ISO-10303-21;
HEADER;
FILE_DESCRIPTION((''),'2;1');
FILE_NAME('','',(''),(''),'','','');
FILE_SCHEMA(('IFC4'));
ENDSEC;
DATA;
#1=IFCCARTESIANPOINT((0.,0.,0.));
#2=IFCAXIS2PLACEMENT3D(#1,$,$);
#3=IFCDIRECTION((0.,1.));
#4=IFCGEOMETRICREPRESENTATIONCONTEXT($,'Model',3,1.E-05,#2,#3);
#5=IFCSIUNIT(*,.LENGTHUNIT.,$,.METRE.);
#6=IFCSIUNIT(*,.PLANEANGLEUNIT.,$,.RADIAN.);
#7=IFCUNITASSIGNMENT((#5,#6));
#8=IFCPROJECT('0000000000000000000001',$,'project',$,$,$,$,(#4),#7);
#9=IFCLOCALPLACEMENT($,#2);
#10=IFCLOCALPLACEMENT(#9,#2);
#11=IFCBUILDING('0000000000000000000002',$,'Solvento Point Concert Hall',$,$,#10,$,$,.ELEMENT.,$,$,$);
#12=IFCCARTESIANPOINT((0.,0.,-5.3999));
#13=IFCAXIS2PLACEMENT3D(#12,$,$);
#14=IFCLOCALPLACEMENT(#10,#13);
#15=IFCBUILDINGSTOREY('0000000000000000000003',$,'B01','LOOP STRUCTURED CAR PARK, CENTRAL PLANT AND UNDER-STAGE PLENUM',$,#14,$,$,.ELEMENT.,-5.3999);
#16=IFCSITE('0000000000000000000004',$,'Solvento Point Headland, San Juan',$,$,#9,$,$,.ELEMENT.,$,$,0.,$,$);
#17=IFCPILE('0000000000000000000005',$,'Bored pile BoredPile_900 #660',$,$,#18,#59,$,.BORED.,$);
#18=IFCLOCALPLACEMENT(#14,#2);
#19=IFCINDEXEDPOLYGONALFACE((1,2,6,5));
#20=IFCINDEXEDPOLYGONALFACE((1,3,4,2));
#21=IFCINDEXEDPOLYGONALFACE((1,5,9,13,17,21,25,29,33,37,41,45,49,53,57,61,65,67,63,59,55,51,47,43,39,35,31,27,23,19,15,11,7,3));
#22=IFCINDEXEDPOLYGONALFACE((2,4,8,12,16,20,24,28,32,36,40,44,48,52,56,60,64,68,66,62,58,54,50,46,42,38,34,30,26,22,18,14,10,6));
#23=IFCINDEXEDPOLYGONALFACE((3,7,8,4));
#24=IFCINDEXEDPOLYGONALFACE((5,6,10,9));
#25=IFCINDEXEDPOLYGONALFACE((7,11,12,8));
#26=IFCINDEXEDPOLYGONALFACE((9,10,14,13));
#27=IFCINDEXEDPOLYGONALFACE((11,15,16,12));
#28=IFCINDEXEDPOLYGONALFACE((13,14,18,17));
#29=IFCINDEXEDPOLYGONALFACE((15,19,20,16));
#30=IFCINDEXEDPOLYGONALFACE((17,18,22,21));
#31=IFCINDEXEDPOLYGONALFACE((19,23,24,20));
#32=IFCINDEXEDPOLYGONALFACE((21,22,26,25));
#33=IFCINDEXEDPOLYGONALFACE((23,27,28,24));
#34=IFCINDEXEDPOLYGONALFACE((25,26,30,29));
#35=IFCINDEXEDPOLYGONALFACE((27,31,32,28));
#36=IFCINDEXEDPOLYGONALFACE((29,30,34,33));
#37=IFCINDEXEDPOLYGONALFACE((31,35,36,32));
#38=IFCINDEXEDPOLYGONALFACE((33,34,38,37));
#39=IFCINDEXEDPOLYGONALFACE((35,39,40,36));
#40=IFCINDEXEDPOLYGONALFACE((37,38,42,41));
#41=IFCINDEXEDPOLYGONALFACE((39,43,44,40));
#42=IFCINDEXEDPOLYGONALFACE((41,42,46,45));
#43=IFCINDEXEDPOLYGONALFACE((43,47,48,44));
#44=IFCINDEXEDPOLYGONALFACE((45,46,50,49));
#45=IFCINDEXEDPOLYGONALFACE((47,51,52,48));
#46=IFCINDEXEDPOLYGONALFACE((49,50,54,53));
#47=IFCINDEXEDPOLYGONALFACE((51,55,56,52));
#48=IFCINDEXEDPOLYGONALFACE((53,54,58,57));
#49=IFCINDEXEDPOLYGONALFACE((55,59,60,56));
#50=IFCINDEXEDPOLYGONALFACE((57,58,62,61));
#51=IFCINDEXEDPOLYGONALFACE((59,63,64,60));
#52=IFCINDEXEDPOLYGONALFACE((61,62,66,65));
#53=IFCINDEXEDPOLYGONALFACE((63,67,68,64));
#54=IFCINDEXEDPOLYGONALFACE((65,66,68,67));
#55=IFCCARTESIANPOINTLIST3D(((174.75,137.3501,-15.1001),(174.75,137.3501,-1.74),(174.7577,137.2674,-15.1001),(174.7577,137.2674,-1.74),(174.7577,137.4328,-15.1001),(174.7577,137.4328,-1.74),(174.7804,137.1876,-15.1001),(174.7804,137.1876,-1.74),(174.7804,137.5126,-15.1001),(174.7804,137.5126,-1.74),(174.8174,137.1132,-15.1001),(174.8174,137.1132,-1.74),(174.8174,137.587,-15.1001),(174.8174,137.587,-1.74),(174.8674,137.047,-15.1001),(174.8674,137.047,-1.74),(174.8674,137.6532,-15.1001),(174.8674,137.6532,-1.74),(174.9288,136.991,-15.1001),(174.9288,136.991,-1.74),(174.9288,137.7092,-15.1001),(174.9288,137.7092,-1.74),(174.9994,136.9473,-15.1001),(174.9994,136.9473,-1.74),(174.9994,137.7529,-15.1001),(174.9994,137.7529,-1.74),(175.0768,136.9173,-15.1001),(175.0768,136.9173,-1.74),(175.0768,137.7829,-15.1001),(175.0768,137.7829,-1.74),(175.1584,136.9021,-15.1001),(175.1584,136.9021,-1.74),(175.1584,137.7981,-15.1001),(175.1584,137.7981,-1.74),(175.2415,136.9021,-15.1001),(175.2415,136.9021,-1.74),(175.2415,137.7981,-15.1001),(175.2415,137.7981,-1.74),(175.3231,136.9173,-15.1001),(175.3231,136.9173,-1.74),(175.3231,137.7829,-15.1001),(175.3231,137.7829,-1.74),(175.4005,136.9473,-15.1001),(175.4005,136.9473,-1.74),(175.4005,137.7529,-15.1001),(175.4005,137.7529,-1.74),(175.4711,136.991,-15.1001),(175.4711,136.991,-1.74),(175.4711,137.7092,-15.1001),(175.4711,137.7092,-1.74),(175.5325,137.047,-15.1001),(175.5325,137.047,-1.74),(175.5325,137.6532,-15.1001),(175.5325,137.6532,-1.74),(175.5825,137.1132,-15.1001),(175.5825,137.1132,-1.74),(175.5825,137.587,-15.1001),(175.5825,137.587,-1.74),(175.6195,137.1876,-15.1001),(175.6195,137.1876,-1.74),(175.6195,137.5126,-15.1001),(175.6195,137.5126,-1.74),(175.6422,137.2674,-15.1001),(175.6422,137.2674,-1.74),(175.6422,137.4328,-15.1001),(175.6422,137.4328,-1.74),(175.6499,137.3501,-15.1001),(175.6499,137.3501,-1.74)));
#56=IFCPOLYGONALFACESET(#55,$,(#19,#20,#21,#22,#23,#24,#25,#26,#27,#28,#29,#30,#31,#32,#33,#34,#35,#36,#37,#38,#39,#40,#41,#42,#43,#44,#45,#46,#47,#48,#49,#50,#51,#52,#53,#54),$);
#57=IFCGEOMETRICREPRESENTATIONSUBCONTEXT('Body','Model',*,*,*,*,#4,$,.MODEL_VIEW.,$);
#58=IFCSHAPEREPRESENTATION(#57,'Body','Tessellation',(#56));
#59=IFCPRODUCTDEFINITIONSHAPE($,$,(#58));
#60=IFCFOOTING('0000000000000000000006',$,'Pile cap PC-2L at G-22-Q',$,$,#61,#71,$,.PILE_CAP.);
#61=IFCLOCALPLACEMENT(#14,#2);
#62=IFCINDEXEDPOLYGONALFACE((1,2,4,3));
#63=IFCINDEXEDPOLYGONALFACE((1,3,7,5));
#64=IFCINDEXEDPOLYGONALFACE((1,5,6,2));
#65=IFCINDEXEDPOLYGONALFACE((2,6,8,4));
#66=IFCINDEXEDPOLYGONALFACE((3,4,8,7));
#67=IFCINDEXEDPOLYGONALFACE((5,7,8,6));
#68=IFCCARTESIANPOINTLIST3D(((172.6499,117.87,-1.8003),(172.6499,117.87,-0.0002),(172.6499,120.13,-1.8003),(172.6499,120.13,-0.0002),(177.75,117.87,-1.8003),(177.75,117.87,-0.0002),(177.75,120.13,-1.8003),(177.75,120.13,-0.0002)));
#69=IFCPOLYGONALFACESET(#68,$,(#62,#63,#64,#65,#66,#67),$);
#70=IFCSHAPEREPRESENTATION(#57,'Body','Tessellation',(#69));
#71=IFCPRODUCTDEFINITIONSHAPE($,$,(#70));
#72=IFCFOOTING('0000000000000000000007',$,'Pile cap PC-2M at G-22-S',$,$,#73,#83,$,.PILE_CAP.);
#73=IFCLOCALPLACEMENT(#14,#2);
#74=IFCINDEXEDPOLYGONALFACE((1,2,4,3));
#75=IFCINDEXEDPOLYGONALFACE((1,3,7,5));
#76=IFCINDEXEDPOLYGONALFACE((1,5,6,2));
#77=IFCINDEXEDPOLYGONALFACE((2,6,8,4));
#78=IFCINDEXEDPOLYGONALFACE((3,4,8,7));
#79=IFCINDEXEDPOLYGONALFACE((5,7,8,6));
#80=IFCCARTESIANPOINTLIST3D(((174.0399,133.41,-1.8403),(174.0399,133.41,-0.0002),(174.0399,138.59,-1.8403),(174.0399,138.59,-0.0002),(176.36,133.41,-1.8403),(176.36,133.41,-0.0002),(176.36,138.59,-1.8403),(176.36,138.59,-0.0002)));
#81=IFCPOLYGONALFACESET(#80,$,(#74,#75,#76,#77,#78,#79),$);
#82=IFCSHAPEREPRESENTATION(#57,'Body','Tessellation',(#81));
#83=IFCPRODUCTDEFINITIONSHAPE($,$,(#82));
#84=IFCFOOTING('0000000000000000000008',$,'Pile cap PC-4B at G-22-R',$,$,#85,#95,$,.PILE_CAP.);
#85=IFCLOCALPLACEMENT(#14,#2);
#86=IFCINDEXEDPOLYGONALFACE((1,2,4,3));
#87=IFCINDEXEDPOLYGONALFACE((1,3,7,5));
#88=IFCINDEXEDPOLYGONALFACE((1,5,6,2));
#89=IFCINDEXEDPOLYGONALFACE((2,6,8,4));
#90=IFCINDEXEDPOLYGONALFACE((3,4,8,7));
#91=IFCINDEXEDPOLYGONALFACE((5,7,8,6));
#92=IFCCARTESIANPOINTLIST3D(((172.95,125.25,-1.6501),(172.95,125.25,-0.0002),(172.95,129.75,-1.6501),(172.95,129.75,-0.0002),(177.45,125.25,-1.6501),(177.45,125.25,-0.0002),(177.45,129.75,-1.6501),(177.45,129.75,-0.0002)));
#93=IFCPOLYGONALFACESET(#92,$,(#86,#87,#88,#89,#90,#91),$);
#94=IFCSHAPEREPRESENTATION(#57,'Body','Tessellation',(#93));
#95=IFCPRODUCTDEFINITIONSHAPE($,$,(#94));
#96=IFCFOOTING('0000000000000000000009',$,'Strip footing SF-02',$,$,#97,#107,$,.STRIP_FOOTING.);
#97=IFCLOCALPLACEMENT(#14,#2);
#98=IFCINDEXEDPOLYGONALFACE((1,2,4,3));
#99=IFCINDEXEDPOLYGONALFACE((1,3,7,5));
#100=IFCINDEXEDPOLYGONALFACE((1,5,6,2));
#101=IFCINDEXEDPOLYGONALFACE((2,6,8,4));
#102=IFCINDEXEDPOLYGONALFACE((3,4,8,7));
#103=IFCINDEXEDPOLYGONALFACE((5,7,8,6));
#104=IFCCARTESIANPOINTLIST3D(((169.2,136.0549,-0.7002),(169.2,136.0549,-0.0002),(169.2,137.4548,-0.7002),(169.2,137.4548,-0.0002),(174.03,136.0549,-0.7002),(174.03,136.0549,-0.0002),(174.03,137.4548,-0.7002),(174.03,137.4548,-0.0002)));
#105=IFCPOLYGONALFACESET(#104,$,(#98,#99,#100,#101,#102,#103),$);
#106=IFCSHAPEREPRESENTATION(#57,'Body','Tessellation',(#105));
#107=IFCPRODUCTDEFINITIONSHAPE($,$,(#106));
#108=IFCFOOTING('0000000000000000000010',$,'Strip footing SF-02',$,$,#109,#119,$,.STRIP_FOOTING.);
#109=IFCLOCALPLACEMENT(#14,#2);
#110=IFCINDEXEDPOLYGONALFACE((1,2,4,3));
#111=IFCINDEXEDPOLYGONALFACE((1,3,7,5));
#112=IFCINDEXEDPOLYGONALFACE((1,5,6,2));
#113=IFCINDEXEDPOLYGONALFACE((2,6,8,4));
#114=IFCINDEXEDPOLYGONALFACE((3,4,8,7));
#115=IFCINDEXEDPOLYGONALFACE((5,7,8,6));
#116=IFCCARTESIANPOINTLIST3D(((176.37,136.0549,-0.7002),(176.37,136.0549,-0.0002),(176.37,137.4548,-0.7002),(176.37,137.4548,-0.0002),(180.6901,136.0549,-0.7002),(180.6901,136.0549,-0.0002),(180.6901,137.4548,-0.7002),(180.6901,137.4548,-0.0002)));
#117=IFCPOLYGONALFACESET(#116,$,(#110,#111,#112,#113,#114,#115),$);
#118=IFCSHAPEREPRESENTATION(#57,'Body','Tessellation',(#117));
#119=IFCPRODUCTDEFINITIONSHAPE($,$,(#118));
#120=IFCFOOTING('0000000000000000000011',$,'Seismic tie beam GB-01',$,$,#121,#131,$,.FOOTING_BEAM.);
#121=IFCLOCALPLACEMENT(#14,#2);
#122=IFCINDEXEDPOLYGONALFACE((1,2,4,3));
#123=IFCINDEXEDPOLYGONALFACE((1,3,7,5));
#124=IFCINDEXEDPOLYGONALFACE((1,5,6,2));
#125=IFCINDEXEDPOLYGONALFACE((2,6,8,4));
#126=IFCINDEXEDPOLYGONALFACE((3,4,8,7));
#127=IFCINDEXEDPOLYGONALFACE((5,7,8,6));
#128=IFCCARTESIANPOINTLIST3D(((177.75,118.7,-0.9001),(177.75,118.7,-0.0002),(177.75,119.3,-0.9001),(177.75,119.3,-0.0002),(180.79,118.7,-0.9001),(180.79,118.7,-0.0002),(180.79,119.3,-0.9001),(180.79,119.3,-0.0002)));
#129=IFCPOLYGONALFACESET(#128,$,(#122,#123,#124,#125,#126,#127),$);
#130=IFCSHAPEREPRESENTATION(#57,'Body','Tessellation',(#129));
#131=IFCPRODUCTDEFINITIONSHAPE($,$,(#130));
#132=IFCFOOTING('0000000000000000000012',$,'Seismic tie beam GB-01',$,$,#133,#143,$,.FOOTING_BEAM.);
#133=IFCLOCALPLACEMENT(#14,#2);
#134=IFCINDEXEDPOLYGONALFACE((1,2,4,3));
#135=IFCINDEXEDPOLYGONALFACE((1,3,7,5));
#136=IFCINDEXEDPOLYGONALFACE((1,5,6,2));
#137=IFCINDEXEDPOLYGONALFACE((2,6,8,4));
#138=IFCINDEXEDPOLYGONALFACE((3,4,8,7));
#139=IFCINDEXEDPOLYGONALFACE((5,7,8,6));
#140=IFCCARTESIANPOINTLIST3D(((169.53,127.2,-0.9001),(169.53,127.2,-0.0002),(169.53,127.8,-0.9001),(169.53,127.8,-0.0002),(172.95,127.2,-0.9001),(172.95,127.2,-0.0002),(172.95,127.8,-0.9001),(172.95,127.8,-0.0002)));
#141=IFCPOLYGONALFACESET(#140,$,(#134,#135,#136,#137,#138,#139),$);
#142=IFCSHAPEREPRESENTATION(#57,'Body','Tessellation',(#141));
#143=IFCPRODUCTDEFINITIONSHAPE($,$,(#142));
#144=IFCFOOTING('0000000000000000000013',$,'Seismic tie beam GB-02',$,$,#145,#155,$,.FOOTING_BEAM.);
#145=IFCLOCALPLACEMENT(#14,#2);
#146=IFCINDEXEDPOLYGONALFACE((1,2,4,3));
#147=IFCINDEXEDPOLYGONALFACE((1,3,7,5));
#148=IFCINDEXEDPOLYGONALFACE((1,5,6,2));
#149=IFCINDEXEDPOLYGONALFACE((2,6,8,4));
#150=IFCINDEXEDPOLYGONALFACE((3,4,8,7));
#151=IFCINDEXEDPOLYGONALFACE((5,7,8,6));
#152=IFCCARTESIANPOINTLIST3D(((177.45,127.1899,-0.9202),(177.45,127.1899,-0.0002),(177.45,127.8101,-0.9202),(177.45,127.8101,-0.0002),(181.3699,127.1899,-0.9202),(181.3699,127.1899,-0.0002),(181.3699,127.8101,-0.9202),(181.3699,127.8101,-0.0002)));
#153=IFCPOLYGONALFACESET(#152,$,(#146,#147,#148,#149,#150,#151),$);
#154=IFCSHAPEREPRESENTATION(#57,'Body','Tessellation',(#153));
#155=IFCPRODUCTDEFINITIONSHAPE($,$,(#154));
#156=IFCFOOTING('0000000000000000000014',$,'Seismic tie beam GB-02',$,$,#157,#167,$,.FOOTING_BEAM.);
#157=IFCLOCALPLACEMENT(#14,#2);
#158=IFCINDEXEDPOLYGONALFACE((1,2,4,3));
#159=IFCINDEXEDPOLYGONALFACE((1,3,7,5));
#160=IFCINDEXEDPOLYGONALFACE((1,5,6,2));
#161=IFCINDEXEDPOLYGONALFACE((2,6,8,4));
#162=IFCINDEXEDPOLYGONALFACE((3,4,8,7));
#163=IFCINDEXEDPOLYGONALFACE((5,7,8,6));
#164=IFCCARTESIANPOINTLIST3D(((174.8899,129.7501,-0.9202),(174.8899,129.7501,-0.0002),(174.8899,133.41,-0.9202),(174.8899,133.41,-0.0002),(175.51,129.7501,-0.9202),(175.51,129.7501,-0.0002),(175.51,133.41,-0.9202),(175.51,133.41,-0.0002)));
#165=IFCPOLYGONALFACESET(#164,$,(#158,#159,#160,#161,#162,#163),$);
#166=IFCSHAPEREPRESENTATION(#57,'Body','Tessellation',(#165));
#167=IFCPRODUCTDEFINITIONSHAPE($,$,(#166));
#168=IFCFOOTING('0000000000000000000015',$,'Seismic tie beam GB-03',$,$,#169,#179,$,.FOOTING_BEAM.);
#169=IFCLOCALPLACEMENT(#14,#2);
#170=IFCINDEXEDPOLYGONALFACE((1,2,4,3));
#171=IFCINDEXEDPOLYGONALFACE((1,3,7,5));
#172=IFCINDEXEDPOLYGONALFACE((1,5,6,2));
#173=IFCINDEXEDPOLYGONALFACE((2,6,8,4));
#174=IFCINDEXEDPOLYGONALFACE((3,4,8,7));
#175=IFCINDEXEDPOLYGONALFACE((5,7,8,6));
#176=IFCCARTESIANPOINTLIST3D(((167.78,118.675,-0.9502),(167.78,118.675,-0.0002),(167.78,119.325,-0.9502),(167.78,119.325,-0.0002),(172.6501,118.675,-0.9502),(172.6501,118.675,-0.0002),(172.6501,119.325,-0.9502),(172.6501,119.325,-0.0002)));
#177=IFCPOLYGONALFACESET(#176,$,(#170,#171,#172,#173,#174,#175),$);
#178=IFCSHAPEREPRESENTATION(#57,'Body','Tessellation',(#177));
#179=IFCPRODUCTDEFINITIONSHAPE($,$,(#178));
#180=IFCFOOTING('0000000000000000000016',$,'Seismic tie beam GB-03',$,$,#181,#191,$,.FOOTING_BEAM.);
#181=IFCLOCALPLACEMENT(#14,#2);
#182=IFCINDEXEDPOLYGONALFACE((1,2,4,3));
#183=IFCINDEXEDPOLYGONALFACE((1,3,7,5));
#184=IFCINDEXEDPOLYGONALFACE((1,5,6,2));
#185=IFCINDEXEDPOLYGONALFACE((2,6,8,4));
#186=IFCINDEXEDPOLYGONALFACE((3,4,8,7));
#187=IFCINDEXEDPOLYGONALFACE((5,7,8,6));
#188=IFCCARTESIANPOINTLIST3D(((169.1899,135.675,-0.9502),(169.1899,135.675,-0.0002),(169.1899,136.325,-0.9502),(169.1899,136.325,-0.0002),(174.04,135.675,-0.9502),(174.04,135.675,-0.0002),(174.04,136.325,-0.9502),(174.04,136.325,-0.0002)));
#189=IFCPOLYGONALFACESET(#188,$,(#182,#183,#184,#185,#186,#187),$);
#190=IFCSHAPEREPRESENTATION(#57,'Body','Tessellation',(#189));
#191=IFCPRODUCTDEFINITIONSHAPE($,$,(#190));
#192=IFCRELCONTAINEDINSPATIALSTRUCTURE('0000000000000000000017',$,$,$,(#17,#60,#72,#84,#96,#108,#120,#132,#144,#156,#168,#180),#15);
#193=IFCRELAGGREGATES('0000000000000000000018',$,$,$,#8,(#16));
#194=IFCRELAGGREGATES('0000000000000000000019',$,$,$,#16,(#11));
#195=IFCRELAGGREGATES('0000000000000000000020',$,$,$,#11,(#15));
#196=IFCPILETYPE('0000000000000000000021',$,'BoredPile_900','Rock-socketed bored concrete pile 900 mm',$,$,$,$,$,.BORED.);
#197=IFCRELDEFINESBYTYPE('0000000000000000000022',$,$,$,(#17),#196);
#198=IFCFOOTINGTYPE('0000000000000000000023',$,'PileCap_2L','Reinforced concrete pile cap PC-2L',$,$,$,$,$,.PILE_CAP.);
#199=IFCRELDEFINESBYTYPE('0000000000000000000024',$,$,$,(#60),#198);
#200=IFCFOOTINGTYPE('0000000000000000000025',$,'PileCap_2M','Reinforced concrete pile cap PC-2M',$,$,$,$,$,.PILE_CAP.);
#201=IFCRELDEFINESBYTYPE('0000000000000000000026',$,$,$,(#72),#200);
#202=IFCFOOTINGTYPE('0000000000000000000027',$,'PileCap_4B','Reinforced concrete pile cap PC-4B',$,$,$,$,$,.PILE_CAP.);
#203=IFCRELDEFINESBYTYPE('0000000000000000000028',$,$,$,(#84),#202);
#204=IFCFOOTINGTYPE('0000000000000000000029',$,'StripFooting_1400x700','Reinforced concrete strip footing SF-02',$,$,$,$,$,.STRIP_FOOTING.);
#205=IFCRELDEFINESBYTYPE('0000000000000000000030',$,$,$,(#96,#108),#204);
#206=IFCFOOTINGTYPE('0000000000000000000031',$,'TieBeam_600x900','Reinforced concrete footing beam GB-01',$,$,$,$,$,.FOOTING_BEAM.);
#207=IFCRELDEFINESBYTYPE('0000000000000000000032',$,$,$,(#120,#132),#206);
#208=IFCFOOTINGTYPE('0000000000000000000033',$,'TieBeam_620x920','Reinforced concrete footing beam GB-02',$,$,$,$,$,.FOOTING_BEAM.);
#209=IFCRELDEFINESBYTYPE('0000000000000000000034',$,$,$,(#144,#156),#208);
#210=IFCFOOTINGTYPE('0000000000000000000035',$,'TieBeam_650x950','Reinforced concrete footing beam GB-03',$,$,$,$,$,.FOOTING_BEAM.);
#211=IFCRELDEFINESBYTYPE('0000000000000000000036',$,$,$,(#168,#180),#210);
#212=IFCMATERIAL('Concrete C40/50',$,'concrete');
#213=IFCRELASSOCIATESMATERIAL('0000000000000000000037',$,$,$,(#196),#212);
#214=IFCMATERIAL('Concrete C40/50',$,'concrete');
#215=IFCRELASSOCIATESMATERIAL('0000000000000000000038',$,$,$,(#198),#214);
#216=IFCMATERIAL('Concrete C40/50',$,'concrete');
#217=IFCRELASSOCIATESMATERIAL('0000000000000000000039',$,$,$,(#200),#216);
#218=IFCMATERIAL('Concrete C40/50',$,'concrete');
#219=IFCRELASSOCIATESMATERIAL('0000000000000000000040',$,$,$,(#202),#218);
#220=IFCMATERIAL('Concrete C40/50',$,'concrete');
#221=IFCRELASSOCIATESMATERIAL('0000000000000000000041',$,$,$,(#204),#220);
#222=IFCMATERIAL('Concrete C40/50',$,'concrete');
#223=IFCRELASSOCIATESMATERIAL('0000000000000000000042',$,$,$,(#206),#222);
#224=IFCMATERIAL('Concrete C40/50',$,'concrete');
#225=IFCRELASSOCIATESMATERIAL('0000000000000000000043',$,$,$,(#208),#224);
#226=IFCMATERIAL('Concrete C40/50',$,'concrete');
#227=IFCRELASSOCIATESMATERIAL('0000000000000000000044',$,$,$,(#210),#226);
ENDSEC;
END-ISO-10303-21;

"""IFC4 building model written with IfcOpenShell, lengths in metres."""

from ifc_helpers import new_model, si_unit, direction, frame, origin, origin_2d, place, context, subcontext, project, spatial, rectangle, circle, extrude, material, material_profile, profile_set, type_object, element, save


model = new_model("IFC4")

# Units and contexts
model_context = context("Model", 3, precision=1e-05, world=origin(), true_north=direction((0.0, 1.0)))
body_context = subcontext(model_context, "Body", "Model", "MODEL_VIEW")
ifc_project = project(units=[si_unit("LENGTHUNIT", "METRE"), si_unit("PLANEANGLEUNIT", "RADIAN")], contexts=[model_context])

# Site, building, storey
site_placement = place(None, origin())
site = spatial("IfcSite", under=ifc_project, at=site_placement, Name="Solvento Point Headland, San Juan", CompositionType="ELEMENT", RefElevation=0.0)
building_placement = place(site_placement, origin())
building = spatial("IfcBuilding", under=site, at=building_placement, Name="Solvento Point Concert Hall", CompositionType="ELEMENT")
storey_placement = place(building_placement, frame((0.0, 0.0, -5.3999)))
storey = spatial("IfcBuildingStorey", under=building, at=storey_placement, Name="B01", Description="LOOP STRUCTURED CAR PARK, CENTRAL PLANT AND UNDER-STAGE PLENUM", CompositionType="ELEMENT", Elevation=-5.3999)

# Pile
ifc_material_1 = material(Name="Concrete C40/50", Category="concrete")
ifc_material_profile_1 = material_profile(ifc_material_1, circle(Radius=0.45, at=origin_2d()), Name="BP-900")
ifc_profile_set_1 = profile_set([ifc_material_profile_1], Name="Concrete C40/50")
pile_type_1 = type_object("IfcPileType", Name="BoredPile_900", Description="Rock-socketed bored concrete pile 900 mm", PredefinedType="BORED", material=ifc_profile_set_1)
for number, where, z_axis, x_axis, name in (
    (1, (175.2, 137.3501, -1.74), (0.0, 0.0, -1.0), (1.0, 0.0, 0.0), "Bored pile BoredPile_900 #660"),
):
    element("IfcPile", number, at=place(storey_placement, frame(where, z_axis=z_axis, x_axis=x_axis)), inside=storey, type_object=pile_type_1, Name=name, PredefinedType="BORED", context=body_context, shape_type="SweptSolid", body=[
        extrude(circle(Radius=0.45, at=origin_2d()), origin(), (0.0, 0.0, 1.0), 13.3601),
    ])

# Footings
ifc_material_2 = material(Name="Concrete C40/50", Category="concrete")
footing_type_1 = type_object("IfcFootingType", Name="PileCap_2L", Description="Reinforced concrete pile cap PC-2L", PredefinedType="PILE_CAP", material=ifc_material_2)
footing_1_placement = place(storey_placement, frame((175.2, 119.0, -1.8003), z_axis=(0.0, 0.0, 1.0), x_axis=(1.0, 0.0, 0.0)))
element("IfcFooting", 2, at=footing_1_placement, inside=storey, type_object=footing_type_1, Name="Pile cap PC-2L at G-22-Q", PredefinedType="PILE_CAP", context=body_context, shape_type="SweptSolid", body=[
    extrude(rectangle(XDim=5.1001, YDim=2.26, at=origin_2d()), origin(), (0.0, 0.0, 1.0), 1.8),
])
ifc_material_3 = material(Name="Concrete C40/50", Category="concrete")
footing_type_2 = type_object("IfcFootingType", Name="PileCap_2M", Description="Reinforced concrete pile cap PC-2M", PredefinedType="PILE_CAP", material=ifc_material_3)
footing_2_placement = place(storey_placement, frame((175.2, 136.0, -1.8403), z_axis=(0.0, 0.0, 1.0), x_axis=(1.0, 0.0, 0.0)))
element("IfcFooting", 3, at=footing_2_placement, inside=storey, type_object=footing_type_2, Name="Pile cap PC-2M at G-22-S", PredefinedType="PILE_CAP", context=body_context, shape_type="SweptSolid", body=[
    extrude(rectangle(XDim=2.3201, YDim=5.1799, at=origin_2d()), origin(), (0.0, 0.0, 1.0), 1.8401),
])
ifc_material_4 = material(Name="Concrete C40/50", Category="concrete")
footing_type_3 = type_object("IfcFootingType", Name="PileCap_4B", Description="Reinforced concrete pile cap PC-4B", PredefinedType="PILE_CAP", material=ifc_material_4)
footing_3_placement = place(storey_placement, frame((175.2, 127.5, -1.6501), z_axis=(0.0, 0.0, 1.0), x_axis=(1.0, 0.0, 0.0)))
element("IfcFooting", 4, at=footing_3_placement, inside=storey, type_object=footing_type_3, Name="Pile cap PC-4B at G-22-R", PredefinedType="PILE_CAP", context=body_context, shape_type="SweptSolid", body=[
    extrude(rectangle(XDim=4.5, YDim=4.5, at=origin_2d()), origin(), (0.0, 0.0, 1.0), 1.6499),
])
ifc_material_5 = material(Name="Concrete C40/50", Category="concrete")
footing_type_4 = type_object("IfcFootingType", Name="StripFooting_1400x700", Description="Reinforced concrete strip footing SF-02", PredefinedType="STRIP_FOOTING", material=ifc_material_5)
footing_4_placement = place(storey_placement, frame((171.615, 136.7549, -0.7002), z_axis=(0.0, 0.0, 1.0), x_axis=(1.0, 0.0, 0.0)))
element("IfcFooting", 5, at=footing_4_placement, inside=storey, type_object=footing_type_4, Name="Strip footing SF-02", PredefinedType="STRIP_FOOTING", context=body_context, shape_type="SweptSolid", body=[
    extrude(rectangle(XDim=4.8301, YDim=1.3999, at=origin_2d()), origin(), (0.0, 0.0, 1.0), 0.7),
])
footing_5_placement = place(storey_placement, frame((178.53, 136.7549, -0.7002), z_axis=(0.0, 0.0, 1.0), x_axis=(1.0, 0.0, 0.0)))
element("IfcFooting", 6, at=footing_5_placement, inside=storey, type_object=footing_type_4, Name="Strip footing SF-02", PredefinedType="STRIP_FOOTING", context=body_context, shape_type="SweptSolid", body=[
    extrude(rectangle(XDim=4.3201, YDim=1.3999, at=origin_2d()), origin(), (0.0, 0.0, 1.0), 0.7),
])
ifc_material_6 = material(Name="Concrete C40/50", Category="concrete")
footing_type_5 = type_object("IfcFootingType", Name="TieBeam_600x900", Description="Reinforced concrete footing beam GB-01", PredefinedType="FOOTING_BEAM", material=ifc_material_6)
footing_6_placement = place(storey_placement, frame((179.27, 119.0, -0.9001), z_axis=(0.0, 0.0, 1.0), x_axis=(1.0, 0.0, 0.0)))
element("IfcFooting", 7, at=footing_6_placement, inside=storey, type_object=footing_type_5, Name="Seismic tie beam GB-01", PredefinedType="FOOTING_BEAM", context=body_context, shape_type="SweptSolid", body=[
    extrude(rectangle(XDim=3.04, YDim=0.6001, at=origin_2d()), origin(), (0.0, 0.0, 1.0), 0.8999),
])
footing_7_placement = place(storey_placement, frame((171.24, 127.5, -0.9001), z_axis=(0.0, 0.0, 1.0), x_axis=(1.0, 0.0, 0.0)))
element("IfcFooting", 8, at=footing_7_placement, inside=storey, type_object=footing_type_5, Name="Seismic tie beam GB-01", PredefinedType="FOOTING_BEAM", context=body_context, shape_type="SweptSolid", body=[
    extrude(rectangle(XDim=3.4199, YDim=0.6001, at=origin_2d()), origin(), (0.0, 0.0, 1.0), 0.8999),
])
ifc_material_7 = material(Name="Concrete C40/50", Category="concrete")
footing_type_6 = type_object("IfcFootingType", Name="TieBeam_620x920", Description="Reinforced concrete footing beam GB-02", PredefinedType="FOOTING_BEAM", material=ifc_material_7)
footing_8_placement = place(storey_placement, frame((179.4099, 127.5, -0.9202), z_axis=(0.0, 0.0, 1.0), x_axis=(1.0, 0.0, 0.0)))
element("IfcFooting", 9, at=footing_8_placement, inside=storey, type_object=footing_type_6, Name="Seismic tie beam GB-02", PredefinedType="FOOTING_BEAM", context=body_context, shape_type="SweptSolid", body=[
    extrude(rectangle(XDim=3.9199, YDim=0.6201, at=origin_2d()), origin(), (0.0, 0.0, 1.0), 0.9199),
])
footing_9_placement = place(storey_placement, frame((175.2, 131.5801, -0.9202), z_axis=(0.0, 0.0, 1.0), x_axis=(0.0, 1.0, 0.0)))
element("IfcFooting", 10, at=footing_9_placement, inside=storey, type_object=footing_type_6, Name="Seismic tie beam GB-02", PredefinedType="FOOTING_BEAM", context=body_context, shape_type="SweptSolid", body=[
    extrude(rectangle(XDim=3.6599, YDim=0.6201, at=origin_2d()), origin(), (0.0, 0.0, 1.0), 0.9199),
])
ifc_material_8 = material(Name="Concrete C40/50", Category="concrete")
footing_type_7 = type_object("IfcFootingType", Name="TieBeam_650x950", Description="Reinforced concrete footing beam GB-03", PredefinedType="FOOTING_BEAM", material=ifc_material_8)
footing_10_placement = place(storey_placement, frame((170.2151, 119.0, -0.9502), z_axis=(0.0, 0.0, 1.0), x_axis=(1.0, 0.0, 0.0)))
element("IfcFooting", 11, at=footing_10_placement, inside=storey, type_object=footing_type_7, Name="Seismic tie beam GB-03", PredefinedType="FOOTING_BEAM", context=body_context, shape_type="SweptSolid", body=[
    extrude(rectangle(XDim=4.8701, YDim=0.6499, at=origin_2d()), origin(), (0.0, 0.0, 1.0), 0.95),
])
footing_11_placement = place(storey_placement, frame((171.615, 136.0, -0.9502), z_axis=(0.0, 0.0, 1.0), x_axis=(1.0, 0.0, 0.0)))
element("IfcFooting", 12, at=footing_11_placement, inside=storey, type_object=footing_type_7, Name="Seismic tie beam GB-03", PredefinedType="FOOTING_BEAM", context=body_context, shape_type="SweptSolid", body=[
    extrude(rectangle(XDim=4.8501, YDim=0.6499, at=origin_2d()), origin(), (0.0, 0.0, 1.0), 0.95),
])

save(model, "model.ifc")
